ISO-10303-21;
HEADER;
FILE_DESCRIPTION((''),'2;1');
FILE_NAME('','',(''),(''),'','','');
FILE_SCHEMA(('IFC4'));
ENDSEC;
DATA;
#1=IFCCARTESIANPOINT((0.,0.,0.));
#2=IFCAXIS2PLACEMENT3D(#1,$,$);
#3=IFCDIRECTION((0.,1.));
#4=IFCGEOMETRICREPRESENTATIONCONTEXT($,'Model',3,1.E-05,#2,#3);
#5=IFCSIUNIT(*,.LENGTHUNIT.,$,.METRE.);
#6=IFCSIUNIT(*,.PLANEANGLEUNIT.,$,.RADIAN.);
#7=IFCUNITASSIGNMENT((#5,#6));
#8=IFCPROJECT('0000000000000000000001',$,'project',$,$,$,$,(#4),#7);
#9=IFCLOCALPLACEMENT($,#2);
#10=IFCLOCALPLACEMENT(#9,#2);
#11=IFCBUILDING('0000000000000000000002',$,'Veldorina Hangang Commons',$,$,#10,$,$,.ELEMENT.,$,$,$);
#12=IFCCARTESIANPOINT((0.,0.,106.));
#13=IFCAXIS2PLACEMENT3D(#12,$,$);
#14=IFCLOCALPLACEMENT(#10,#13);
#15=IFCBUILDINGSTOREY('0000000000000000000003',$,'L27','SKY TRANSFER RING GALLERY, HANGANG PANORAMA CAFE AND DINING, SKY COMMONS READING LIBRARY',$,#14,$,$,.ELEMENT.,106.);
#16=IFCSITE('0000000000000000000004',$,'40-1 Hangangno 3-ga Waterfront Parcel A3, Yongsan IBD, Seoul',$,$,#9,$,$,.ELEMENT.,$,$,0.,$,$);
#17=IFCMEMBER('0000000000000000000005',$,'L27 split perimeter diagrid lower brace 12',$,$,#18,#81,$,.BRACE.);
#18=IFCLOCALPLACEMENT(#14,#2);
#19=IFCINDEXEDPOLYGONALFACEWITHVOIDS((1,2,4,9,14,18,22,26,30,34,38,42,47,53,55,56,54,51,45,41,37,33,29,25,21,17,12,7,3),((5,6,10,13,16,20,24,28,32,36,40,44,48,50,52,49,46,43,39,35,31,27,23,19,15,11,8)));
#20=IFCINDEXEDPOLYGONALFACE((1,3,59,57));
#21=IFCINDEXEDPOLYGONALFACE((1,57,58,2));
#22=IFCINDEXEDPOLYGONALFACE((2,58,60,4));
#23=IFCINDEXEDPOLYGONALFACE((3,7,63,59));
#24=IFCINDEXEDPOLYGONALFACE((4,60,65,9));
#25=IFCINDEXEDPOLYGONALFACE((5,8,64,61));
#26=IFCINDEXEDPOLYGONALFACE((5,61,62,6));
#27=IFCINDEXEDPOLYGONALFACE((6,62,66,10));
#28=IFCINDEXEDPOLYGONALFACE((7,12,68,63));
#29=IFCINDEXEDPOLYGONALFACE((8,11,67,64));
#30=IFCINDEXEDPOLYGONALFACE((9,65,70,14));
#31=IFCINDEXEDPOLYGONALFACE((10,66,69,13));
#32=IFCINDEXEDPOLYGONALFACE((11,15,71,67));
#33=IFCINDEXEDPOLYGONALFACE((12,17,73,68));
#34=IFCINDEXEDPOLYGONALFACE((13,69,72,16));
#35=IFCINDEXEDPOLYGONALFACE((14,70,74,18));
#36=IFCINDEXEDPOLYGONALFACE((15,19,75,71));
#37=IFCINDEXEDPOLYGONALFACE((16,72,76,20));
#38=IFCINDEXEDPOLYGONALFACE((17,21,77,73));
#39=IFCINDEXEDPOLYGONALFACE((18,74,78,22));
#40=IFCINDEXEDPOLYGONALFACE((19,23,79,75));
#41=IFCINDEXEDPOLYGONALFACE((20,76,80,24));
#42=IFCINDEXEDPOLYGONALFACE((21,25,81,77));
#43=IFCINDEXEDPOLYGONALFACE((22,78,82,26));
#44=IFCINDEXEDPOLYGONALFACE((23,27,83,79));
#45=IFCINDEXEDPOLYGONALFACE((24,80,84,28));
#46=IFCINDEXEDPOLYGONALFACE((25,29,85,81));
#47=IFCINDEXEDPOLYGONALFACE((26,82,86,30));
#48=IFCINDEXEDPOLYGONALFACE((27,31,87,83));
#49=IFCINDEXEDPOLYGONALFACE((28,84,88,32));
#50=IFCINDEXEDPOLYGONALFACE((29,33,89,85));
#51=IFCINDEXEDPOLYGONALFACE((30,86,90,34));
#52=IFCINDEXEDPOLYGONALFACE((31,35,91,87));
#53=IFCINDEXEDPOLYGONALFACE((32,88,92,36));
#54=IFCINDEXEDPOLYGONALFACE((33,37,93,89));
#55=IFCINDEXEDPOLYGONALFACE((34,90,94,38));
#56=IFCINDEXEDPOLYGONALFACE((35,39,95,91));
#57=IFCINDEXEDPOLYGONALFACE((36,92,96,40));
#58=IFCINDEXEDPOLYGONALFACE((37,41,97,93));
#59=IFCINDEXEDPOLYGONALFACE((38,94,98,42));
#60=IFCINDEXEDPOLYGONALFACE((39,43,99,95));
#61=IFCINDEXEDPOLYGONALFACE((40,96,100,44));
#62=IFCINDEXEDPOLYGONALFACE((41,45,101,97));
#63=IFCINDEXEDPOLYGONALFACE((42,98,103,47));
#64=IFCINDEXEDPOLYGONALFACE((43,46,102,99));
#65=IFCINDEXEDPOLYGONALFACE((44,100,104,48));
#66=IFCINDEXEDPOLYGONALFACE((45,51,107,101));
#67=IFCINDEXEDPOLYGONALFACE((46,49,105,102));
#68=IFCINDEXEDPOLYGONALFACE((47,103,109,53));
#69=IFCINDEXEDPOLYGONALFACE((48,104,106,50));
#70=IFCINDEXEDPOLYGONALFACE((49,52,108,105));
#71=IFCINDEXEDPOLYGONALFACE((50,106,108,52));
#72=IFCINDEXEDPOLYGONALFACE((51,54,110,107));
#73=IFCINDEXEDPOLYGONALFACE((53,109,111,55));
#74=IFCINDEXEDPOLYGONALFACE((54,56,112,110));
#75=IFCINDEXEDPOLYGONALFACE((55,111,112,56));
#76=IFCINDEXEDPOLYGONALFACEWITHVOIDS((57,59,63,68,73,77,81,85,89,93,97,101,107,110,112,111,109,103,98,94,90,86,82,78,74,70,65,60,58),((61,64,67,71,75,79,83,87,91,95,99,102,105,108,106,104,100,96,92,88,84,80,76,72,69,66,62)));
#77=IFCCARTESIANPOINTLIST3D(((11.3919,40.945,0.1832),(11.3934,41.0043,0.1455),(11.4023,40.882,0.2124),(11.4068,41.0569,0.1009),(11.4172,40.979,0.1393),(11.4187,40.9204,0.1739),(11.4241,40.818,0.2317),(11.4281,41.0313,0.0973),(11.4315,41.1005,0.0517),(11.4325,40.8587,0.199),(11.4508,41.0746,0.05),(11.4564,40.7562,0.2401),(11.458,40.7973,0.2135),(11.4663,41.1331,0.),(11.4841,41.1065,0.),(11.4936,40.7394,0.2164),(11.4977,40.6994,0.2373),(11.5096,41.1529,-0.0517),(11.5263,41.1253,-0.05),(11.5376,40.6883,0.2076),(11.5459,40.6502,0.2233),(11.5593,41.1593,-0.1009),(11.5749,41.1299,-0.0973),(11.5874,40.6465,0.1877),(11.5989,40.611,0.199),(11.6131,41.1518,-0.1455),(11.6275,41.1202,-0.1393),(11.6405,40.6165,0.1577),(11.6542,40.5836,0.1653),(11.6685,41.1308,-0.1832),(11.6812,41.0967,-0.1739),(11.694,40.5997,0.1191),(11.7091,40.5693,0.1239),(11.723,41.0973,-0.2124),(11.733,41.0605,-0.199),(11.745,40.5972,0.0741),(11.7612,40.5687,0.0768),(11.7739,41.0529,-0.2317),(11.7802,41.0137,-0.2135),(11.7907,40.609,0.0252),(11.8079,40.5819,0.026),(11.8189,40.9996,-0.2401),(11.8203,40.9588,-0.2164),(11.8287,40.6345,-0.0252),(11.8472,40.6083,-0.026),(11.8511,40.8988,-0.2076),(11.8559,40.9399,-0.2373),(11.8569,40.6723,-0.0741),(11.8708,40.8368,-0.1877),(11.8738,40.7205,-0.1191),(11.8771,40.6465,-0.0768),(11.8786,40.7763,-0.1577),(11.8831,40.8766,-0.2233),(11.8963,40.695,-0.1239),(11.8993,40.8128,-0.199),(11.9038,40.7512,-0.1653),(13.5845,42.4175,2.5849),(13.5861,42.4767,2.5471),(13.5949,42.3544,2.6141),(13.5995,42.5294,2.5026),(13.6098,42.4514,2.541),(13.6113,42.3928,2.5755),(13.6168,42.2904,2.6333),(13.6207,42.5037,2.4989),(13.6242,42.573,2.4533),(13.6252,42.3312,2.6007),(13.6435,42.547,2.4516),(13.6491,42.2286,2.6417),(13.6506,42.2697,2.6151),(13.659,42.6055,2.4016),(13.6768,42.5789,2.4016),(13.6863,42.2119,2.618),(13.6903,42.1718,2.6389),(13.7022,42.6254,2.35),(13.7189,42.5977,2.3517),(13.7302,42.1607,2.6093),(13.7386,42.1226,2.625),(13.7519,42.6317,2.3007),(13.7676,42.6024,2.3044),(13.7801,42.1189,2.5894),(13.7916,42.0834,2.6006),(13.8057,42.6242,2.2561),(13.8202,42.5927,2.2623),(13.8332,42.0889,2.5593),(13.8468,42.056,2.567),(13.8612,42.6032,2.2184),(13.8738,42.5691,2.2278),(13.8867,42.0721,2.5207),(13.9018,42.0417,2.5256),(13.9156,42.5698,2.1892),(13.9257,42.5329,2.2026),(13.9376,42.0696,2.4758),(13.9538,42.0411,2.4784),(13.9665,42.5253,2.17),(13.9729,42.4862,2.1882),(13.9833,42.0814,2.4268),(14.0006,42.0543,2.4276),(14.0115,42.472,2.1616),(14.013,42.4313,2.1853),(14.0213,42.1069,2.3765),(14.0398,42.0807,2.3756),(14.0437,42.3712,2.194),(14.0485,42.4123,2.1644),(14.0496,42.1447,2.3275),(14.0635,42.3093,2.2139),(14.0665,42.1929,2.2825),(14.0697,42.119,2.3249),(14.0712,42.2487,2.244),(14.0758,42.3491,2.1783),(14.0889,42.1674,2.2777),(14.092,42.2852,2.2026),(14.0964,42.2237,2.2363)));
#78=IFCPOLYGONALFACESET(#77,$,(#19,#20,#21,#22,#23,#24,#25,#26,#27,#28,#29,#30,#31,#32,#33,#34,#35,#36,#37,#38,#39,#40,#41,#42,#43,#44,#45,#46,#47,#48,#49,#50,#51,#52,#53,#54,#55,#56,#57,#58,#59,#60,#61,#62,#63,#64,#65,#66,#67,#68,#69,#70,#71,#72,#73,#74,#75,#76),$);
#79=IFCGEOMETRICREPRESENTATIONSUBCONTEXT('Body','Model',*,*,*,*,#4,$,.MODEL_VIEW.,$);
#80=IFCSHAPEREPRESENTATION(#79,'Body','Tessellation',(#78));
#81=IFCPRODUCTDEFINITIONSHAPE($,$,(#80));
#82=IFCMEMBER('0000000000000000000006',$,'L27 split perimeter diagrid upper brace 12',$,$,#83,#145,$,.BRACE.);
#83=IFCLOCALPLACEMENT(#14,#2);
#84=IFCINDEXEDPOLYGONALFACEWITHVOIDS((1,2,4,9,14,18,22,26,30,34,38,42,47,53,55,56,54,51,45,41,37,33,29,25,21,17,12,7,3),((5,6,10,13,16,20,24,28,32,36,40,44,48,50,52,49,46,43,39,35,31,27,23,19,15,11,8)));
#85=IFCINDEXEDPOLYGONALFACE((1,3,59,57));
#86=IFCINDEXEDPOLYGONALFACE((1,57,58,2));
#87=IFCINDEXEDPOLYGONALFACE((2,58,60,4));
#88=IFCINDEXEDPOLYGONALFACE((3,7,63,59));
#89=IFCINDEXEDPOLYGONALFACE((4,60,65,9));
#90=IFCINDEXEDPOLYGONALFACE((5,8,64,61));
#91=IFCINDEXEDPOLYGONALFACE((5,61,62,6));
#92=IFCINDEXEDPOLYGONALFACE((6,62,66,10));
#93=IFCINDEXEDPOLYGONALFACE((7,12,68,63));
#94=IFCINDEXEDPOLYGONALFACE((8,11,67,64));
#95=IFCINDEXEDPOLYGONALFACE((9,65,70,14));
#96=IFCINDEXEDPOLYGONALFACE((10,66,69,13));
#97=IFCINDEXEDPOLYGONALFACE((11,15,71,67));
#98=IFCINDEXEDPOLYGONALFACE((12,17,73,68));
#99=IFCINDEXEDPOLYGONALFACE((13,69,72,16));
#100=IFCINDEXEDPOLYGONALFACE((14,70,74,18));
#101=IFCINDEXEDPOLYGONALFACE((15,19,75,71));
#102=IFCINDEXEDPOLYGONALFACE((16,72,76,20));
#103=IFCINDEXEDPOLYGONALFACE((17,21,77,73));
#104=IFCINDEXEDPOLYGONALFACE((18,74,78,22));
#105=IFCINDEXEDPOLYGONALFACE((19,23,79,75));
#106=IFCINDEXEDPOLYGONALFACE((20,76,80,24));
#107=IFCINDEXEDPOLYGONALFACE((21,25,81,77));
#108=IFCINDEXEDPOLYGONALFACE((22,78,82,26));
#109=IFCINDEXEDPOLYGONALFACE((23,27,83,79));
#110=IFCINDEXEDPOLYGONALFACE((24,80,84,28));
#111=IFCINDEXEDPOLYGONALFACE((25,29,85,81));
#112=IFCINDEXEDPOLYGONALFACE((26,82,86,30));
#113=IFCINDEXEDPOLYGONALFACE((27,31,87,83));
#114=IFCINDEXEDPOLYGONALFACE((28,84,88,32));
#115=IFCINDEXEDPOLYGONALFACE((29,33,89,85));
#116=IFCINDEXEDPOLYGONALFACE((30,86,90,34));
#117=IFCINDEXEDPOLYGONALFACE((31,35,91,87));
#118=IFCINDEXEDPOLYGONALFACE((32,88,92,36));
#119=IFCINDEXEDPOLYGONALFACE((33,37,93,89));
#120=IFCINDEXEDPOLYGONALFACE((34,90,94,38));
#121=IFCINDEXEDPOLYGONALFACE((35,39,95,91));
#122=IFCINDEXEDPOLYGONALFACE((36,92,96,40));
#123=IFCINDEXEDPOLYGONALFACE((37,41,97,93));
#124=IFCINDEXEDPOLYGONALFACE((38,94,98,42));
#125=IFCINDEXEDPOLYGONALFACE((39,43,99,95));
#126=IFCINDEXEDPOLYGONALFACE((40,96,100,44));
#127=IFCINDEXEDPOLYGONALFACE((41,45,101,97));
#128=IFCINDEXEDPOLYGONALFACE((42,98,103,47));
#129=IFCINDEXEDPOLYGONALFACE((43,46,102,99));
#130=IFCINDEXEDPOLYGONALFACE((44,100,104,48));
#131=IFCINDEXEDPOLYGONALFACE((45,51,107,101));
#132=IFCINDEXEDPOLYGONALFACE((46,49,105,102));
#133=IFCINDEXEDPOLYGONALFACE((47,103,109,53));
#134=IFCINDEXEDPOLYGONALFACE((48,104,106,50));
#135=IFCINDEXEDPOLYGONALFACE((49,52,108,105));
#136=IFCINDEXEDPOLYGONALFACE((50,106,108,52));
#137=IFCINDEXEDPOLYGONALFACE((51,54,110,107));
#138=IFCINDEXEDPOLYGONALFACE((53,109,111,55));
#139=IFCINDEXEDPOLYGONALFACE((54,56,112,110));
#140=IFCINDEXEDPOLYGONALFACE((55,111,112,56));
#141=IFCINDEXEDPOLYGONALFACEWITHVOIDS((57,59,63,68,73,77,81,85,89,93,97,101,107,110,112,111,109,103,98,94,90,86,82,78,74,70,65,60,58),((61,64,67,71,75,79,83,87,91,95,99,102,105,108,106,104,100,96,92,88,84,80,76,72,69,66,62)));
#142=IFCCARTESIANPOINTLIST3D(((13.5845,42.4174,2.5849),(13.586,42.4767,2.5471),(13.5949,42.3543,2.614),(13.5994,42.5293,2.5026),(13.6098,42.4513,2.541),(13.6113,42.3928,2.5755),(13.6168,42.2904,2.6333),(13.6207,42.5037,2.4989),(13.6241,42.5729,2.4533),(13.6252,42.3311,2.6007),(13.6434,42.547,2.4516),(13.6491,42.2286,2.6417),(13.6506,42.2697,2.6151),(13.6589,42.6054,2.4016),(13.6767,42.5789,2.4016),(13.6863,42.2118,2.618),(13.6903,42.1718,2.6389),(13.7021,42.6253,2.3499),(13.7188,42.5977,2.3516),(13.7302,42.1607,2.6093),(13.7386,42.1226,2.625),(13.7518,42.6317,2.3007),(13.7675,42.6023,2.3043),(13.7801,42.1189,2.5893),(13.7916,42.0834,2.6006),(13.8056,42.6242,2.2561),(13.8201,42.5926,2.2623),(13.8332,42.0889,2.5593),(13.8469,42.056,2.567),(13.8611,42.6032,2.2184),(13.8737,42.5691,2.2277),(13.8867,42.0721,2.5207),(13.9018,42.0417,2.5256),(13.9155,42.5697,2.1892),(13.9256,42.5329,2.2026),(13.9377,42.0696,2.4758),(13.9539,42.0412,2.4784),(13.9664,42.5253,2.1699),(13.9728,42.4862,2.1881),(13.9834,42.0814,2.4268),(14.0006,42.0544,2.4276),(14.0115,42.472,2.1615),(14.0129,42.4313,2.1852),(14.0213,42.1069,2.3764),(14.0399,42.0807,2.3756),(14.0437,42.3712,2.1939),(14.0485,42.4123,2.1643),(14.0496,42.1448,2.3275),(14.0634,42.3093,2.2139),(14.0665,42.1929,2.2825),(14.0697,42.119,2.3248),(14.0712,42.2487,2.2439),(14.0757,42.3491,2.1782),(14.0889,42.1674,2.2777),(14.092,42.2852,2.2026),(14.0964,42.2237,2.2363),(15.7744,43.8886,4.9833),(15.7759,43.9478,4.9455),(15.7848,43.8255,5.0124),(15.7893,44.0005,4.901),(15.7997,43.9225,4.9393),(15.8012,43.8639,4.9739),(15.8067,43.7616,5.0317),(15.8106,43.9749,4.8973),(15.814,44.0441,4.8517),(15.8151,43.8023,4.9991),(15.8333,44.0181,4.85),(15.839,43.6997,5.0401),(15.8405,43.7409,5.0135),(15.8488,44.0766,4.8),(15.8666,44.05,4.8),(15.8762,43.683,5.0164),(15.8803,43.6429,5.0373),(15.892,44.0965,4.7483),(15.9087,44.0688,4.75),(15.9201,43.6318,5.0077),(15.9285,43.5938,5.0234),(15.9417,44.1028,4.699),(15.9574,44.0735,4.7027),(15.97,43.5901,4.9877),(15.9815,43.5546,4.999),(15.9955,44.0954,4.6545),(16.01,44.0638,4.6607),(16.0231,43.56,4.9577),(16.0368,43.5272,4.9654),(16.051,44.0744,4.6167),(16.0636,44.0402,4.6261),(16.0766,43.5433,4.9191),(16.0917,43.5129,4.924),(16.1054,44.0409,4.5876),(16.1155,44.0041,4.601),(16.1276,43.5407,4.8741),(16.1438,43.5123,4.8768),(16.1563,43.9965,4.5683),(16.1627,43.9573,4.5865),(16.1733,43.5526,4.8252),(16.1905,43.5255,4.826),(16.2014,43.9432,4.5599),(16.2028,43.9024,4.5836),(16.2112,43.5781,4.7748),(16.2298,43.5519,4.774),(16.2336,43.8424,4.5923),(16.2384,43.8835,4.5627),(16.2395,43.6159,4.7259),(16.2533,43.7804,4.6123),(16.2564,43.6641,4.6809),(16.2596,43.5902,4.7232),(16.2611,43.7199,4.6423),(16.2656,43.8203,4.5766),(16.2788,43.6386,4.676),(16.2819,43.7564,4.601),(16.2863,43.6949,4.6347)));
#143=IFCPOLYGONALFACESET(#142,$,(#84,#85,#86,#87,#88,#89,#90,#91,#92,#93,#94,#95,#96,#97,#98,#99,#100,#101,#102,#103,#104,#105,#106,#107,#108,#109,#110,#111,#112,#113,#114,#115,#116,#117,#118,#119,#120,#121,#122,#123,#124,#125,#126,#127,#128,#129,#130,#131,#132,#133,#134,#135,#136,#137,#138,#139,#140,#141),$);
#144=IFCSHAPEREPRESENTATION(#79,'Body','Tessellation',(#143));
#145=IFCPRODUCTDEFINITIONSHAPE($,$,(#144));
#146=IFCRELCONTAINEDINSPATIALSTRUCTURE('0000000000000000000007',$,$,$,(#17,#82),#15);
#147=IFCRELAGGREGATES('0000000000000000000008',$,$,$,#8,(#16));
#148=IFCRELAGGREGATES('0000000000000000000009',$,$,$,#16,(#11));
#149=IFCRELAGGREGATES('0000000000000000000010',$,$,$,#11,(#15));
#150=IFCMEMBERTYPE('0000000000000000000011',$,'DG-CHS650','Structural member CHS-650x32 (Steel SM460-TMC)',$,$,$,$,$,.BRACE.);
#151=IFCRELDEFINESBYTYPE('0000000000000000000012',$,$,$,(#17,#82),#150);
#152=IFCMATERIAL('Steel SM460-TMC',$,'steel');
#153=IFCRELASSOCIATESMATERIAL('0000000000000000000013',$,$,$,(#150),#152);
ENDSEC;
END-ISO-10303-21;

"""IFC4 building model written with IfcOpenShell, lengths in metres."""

from ifc_helpers import new_model, si_unit, direction, frame, origin, origin_2d, place, context, subcontext, project, spatial, hollow_circle, extrude, material, material_profile, profile_set, type_object, element, save


model = new_model("IFC4")

# Units and contexts
model_context = context("Model", 3, precision=1e-05, world=origin(), true_north=direction((0.0, 1.0)))
body_context = subcontext(model_context, "Body", "Model", "MODEL_VIEW")
ifc_project = project(units=[si_unit("LENGTHUNIT", "METRE"), si_unit("PLANEANGLEUNIT", "RADIAN")], contexts=[model_context])

# Site, building, storey
site_placement = place(None, origin())
site = spatial("IfcSite", under=ifc_project, at=site_placement, Name="40-1 Hangangno 3-ga Waterfront Parcel A3, Yongsan IBD, Seoul", CompositionType="ELEMENT", RefElevation=0.0)
building_placement = place(site_placement, origin())
building = spatial("IfcBuilding", under=site, at=building_placement, Name="Veldorina Hangang Commons", CompositionType="ELEMENT")
storey_placement = place(building_placement, frame((0.0, 0.0, 106.0)))
storey = spatial("IfcBuildingStorey", under=building, at=storey_placement, Name="L27", Description="SKY TRANSFER RING GALLERY, HANGANG PANORAMA CAFE AND DINING, SKY COMMONS READING LIBRARY", CompositionType="ELEMENT", Elevation=106.0)

# Members
ifc_material_1 = material(Name="Steel SM460-TMC", Category="steel")
ifc_material_profile_1 = material_profile(ifc_material_1, hollow_circle(Radius=0.325, WallThickness=0.032, at=origin_2d()), Name="CHS-650x32")
ifc_profile_set_1 = profile_set([ifc_material_profile_1], Name="Steel SM460-TMC")
member_type_1 = type_object("IfcMemberType", Name="DG-CHS650", Description="Structural member CHS-650x32 (Steel SM460-TMC)", PredefinedType="BRACE", material=ifc_profile_set_1)
member_1_placement = place(storey_placement, frame((11.6475, 40.8633, 0.0), z_axis=(0.614219, 0.412465, 0.672761), x_axis=(-0.557492, 0.830183, 0.0)))
element("IfcMember", 1, at=member_1_placement, inside=storey, type_object=member_type_1, Name="L27 split perimeter diagrid lower brace 12", PredefinedType="BRACE", context=body_context, shape_type="SweptSolid", body=[
    extrude(hollow_circle(Radius=0.325, WallThickness=0.032, at=origin_2d()), origin(), (0.0, 0.0, 1.0), 3.5698),
])
member_2_placement = place(storey_placement, frame((13.8401, 42.3357, 2.4016), z_axis=(0.614204, 0.412619, 0.67268), x_axis=(-0.557644, 0.83008, 0.0)))
element("IfcMember", 2, at=member_2_placement, inside=storey, type_object=member_type_1, Name="L27 split perimeter diagrid upper brace 12", PredefinedType="BRACE", context=body_context, shape_type="SweptSolid", body=[
    extrude(hollow_circle(Radius=0.325, WallThickness=0.032, at=origin_2d()), origin(), (0.0, 0.0, 1.0), 3.5654),
])

save(model, "model.ifc")
